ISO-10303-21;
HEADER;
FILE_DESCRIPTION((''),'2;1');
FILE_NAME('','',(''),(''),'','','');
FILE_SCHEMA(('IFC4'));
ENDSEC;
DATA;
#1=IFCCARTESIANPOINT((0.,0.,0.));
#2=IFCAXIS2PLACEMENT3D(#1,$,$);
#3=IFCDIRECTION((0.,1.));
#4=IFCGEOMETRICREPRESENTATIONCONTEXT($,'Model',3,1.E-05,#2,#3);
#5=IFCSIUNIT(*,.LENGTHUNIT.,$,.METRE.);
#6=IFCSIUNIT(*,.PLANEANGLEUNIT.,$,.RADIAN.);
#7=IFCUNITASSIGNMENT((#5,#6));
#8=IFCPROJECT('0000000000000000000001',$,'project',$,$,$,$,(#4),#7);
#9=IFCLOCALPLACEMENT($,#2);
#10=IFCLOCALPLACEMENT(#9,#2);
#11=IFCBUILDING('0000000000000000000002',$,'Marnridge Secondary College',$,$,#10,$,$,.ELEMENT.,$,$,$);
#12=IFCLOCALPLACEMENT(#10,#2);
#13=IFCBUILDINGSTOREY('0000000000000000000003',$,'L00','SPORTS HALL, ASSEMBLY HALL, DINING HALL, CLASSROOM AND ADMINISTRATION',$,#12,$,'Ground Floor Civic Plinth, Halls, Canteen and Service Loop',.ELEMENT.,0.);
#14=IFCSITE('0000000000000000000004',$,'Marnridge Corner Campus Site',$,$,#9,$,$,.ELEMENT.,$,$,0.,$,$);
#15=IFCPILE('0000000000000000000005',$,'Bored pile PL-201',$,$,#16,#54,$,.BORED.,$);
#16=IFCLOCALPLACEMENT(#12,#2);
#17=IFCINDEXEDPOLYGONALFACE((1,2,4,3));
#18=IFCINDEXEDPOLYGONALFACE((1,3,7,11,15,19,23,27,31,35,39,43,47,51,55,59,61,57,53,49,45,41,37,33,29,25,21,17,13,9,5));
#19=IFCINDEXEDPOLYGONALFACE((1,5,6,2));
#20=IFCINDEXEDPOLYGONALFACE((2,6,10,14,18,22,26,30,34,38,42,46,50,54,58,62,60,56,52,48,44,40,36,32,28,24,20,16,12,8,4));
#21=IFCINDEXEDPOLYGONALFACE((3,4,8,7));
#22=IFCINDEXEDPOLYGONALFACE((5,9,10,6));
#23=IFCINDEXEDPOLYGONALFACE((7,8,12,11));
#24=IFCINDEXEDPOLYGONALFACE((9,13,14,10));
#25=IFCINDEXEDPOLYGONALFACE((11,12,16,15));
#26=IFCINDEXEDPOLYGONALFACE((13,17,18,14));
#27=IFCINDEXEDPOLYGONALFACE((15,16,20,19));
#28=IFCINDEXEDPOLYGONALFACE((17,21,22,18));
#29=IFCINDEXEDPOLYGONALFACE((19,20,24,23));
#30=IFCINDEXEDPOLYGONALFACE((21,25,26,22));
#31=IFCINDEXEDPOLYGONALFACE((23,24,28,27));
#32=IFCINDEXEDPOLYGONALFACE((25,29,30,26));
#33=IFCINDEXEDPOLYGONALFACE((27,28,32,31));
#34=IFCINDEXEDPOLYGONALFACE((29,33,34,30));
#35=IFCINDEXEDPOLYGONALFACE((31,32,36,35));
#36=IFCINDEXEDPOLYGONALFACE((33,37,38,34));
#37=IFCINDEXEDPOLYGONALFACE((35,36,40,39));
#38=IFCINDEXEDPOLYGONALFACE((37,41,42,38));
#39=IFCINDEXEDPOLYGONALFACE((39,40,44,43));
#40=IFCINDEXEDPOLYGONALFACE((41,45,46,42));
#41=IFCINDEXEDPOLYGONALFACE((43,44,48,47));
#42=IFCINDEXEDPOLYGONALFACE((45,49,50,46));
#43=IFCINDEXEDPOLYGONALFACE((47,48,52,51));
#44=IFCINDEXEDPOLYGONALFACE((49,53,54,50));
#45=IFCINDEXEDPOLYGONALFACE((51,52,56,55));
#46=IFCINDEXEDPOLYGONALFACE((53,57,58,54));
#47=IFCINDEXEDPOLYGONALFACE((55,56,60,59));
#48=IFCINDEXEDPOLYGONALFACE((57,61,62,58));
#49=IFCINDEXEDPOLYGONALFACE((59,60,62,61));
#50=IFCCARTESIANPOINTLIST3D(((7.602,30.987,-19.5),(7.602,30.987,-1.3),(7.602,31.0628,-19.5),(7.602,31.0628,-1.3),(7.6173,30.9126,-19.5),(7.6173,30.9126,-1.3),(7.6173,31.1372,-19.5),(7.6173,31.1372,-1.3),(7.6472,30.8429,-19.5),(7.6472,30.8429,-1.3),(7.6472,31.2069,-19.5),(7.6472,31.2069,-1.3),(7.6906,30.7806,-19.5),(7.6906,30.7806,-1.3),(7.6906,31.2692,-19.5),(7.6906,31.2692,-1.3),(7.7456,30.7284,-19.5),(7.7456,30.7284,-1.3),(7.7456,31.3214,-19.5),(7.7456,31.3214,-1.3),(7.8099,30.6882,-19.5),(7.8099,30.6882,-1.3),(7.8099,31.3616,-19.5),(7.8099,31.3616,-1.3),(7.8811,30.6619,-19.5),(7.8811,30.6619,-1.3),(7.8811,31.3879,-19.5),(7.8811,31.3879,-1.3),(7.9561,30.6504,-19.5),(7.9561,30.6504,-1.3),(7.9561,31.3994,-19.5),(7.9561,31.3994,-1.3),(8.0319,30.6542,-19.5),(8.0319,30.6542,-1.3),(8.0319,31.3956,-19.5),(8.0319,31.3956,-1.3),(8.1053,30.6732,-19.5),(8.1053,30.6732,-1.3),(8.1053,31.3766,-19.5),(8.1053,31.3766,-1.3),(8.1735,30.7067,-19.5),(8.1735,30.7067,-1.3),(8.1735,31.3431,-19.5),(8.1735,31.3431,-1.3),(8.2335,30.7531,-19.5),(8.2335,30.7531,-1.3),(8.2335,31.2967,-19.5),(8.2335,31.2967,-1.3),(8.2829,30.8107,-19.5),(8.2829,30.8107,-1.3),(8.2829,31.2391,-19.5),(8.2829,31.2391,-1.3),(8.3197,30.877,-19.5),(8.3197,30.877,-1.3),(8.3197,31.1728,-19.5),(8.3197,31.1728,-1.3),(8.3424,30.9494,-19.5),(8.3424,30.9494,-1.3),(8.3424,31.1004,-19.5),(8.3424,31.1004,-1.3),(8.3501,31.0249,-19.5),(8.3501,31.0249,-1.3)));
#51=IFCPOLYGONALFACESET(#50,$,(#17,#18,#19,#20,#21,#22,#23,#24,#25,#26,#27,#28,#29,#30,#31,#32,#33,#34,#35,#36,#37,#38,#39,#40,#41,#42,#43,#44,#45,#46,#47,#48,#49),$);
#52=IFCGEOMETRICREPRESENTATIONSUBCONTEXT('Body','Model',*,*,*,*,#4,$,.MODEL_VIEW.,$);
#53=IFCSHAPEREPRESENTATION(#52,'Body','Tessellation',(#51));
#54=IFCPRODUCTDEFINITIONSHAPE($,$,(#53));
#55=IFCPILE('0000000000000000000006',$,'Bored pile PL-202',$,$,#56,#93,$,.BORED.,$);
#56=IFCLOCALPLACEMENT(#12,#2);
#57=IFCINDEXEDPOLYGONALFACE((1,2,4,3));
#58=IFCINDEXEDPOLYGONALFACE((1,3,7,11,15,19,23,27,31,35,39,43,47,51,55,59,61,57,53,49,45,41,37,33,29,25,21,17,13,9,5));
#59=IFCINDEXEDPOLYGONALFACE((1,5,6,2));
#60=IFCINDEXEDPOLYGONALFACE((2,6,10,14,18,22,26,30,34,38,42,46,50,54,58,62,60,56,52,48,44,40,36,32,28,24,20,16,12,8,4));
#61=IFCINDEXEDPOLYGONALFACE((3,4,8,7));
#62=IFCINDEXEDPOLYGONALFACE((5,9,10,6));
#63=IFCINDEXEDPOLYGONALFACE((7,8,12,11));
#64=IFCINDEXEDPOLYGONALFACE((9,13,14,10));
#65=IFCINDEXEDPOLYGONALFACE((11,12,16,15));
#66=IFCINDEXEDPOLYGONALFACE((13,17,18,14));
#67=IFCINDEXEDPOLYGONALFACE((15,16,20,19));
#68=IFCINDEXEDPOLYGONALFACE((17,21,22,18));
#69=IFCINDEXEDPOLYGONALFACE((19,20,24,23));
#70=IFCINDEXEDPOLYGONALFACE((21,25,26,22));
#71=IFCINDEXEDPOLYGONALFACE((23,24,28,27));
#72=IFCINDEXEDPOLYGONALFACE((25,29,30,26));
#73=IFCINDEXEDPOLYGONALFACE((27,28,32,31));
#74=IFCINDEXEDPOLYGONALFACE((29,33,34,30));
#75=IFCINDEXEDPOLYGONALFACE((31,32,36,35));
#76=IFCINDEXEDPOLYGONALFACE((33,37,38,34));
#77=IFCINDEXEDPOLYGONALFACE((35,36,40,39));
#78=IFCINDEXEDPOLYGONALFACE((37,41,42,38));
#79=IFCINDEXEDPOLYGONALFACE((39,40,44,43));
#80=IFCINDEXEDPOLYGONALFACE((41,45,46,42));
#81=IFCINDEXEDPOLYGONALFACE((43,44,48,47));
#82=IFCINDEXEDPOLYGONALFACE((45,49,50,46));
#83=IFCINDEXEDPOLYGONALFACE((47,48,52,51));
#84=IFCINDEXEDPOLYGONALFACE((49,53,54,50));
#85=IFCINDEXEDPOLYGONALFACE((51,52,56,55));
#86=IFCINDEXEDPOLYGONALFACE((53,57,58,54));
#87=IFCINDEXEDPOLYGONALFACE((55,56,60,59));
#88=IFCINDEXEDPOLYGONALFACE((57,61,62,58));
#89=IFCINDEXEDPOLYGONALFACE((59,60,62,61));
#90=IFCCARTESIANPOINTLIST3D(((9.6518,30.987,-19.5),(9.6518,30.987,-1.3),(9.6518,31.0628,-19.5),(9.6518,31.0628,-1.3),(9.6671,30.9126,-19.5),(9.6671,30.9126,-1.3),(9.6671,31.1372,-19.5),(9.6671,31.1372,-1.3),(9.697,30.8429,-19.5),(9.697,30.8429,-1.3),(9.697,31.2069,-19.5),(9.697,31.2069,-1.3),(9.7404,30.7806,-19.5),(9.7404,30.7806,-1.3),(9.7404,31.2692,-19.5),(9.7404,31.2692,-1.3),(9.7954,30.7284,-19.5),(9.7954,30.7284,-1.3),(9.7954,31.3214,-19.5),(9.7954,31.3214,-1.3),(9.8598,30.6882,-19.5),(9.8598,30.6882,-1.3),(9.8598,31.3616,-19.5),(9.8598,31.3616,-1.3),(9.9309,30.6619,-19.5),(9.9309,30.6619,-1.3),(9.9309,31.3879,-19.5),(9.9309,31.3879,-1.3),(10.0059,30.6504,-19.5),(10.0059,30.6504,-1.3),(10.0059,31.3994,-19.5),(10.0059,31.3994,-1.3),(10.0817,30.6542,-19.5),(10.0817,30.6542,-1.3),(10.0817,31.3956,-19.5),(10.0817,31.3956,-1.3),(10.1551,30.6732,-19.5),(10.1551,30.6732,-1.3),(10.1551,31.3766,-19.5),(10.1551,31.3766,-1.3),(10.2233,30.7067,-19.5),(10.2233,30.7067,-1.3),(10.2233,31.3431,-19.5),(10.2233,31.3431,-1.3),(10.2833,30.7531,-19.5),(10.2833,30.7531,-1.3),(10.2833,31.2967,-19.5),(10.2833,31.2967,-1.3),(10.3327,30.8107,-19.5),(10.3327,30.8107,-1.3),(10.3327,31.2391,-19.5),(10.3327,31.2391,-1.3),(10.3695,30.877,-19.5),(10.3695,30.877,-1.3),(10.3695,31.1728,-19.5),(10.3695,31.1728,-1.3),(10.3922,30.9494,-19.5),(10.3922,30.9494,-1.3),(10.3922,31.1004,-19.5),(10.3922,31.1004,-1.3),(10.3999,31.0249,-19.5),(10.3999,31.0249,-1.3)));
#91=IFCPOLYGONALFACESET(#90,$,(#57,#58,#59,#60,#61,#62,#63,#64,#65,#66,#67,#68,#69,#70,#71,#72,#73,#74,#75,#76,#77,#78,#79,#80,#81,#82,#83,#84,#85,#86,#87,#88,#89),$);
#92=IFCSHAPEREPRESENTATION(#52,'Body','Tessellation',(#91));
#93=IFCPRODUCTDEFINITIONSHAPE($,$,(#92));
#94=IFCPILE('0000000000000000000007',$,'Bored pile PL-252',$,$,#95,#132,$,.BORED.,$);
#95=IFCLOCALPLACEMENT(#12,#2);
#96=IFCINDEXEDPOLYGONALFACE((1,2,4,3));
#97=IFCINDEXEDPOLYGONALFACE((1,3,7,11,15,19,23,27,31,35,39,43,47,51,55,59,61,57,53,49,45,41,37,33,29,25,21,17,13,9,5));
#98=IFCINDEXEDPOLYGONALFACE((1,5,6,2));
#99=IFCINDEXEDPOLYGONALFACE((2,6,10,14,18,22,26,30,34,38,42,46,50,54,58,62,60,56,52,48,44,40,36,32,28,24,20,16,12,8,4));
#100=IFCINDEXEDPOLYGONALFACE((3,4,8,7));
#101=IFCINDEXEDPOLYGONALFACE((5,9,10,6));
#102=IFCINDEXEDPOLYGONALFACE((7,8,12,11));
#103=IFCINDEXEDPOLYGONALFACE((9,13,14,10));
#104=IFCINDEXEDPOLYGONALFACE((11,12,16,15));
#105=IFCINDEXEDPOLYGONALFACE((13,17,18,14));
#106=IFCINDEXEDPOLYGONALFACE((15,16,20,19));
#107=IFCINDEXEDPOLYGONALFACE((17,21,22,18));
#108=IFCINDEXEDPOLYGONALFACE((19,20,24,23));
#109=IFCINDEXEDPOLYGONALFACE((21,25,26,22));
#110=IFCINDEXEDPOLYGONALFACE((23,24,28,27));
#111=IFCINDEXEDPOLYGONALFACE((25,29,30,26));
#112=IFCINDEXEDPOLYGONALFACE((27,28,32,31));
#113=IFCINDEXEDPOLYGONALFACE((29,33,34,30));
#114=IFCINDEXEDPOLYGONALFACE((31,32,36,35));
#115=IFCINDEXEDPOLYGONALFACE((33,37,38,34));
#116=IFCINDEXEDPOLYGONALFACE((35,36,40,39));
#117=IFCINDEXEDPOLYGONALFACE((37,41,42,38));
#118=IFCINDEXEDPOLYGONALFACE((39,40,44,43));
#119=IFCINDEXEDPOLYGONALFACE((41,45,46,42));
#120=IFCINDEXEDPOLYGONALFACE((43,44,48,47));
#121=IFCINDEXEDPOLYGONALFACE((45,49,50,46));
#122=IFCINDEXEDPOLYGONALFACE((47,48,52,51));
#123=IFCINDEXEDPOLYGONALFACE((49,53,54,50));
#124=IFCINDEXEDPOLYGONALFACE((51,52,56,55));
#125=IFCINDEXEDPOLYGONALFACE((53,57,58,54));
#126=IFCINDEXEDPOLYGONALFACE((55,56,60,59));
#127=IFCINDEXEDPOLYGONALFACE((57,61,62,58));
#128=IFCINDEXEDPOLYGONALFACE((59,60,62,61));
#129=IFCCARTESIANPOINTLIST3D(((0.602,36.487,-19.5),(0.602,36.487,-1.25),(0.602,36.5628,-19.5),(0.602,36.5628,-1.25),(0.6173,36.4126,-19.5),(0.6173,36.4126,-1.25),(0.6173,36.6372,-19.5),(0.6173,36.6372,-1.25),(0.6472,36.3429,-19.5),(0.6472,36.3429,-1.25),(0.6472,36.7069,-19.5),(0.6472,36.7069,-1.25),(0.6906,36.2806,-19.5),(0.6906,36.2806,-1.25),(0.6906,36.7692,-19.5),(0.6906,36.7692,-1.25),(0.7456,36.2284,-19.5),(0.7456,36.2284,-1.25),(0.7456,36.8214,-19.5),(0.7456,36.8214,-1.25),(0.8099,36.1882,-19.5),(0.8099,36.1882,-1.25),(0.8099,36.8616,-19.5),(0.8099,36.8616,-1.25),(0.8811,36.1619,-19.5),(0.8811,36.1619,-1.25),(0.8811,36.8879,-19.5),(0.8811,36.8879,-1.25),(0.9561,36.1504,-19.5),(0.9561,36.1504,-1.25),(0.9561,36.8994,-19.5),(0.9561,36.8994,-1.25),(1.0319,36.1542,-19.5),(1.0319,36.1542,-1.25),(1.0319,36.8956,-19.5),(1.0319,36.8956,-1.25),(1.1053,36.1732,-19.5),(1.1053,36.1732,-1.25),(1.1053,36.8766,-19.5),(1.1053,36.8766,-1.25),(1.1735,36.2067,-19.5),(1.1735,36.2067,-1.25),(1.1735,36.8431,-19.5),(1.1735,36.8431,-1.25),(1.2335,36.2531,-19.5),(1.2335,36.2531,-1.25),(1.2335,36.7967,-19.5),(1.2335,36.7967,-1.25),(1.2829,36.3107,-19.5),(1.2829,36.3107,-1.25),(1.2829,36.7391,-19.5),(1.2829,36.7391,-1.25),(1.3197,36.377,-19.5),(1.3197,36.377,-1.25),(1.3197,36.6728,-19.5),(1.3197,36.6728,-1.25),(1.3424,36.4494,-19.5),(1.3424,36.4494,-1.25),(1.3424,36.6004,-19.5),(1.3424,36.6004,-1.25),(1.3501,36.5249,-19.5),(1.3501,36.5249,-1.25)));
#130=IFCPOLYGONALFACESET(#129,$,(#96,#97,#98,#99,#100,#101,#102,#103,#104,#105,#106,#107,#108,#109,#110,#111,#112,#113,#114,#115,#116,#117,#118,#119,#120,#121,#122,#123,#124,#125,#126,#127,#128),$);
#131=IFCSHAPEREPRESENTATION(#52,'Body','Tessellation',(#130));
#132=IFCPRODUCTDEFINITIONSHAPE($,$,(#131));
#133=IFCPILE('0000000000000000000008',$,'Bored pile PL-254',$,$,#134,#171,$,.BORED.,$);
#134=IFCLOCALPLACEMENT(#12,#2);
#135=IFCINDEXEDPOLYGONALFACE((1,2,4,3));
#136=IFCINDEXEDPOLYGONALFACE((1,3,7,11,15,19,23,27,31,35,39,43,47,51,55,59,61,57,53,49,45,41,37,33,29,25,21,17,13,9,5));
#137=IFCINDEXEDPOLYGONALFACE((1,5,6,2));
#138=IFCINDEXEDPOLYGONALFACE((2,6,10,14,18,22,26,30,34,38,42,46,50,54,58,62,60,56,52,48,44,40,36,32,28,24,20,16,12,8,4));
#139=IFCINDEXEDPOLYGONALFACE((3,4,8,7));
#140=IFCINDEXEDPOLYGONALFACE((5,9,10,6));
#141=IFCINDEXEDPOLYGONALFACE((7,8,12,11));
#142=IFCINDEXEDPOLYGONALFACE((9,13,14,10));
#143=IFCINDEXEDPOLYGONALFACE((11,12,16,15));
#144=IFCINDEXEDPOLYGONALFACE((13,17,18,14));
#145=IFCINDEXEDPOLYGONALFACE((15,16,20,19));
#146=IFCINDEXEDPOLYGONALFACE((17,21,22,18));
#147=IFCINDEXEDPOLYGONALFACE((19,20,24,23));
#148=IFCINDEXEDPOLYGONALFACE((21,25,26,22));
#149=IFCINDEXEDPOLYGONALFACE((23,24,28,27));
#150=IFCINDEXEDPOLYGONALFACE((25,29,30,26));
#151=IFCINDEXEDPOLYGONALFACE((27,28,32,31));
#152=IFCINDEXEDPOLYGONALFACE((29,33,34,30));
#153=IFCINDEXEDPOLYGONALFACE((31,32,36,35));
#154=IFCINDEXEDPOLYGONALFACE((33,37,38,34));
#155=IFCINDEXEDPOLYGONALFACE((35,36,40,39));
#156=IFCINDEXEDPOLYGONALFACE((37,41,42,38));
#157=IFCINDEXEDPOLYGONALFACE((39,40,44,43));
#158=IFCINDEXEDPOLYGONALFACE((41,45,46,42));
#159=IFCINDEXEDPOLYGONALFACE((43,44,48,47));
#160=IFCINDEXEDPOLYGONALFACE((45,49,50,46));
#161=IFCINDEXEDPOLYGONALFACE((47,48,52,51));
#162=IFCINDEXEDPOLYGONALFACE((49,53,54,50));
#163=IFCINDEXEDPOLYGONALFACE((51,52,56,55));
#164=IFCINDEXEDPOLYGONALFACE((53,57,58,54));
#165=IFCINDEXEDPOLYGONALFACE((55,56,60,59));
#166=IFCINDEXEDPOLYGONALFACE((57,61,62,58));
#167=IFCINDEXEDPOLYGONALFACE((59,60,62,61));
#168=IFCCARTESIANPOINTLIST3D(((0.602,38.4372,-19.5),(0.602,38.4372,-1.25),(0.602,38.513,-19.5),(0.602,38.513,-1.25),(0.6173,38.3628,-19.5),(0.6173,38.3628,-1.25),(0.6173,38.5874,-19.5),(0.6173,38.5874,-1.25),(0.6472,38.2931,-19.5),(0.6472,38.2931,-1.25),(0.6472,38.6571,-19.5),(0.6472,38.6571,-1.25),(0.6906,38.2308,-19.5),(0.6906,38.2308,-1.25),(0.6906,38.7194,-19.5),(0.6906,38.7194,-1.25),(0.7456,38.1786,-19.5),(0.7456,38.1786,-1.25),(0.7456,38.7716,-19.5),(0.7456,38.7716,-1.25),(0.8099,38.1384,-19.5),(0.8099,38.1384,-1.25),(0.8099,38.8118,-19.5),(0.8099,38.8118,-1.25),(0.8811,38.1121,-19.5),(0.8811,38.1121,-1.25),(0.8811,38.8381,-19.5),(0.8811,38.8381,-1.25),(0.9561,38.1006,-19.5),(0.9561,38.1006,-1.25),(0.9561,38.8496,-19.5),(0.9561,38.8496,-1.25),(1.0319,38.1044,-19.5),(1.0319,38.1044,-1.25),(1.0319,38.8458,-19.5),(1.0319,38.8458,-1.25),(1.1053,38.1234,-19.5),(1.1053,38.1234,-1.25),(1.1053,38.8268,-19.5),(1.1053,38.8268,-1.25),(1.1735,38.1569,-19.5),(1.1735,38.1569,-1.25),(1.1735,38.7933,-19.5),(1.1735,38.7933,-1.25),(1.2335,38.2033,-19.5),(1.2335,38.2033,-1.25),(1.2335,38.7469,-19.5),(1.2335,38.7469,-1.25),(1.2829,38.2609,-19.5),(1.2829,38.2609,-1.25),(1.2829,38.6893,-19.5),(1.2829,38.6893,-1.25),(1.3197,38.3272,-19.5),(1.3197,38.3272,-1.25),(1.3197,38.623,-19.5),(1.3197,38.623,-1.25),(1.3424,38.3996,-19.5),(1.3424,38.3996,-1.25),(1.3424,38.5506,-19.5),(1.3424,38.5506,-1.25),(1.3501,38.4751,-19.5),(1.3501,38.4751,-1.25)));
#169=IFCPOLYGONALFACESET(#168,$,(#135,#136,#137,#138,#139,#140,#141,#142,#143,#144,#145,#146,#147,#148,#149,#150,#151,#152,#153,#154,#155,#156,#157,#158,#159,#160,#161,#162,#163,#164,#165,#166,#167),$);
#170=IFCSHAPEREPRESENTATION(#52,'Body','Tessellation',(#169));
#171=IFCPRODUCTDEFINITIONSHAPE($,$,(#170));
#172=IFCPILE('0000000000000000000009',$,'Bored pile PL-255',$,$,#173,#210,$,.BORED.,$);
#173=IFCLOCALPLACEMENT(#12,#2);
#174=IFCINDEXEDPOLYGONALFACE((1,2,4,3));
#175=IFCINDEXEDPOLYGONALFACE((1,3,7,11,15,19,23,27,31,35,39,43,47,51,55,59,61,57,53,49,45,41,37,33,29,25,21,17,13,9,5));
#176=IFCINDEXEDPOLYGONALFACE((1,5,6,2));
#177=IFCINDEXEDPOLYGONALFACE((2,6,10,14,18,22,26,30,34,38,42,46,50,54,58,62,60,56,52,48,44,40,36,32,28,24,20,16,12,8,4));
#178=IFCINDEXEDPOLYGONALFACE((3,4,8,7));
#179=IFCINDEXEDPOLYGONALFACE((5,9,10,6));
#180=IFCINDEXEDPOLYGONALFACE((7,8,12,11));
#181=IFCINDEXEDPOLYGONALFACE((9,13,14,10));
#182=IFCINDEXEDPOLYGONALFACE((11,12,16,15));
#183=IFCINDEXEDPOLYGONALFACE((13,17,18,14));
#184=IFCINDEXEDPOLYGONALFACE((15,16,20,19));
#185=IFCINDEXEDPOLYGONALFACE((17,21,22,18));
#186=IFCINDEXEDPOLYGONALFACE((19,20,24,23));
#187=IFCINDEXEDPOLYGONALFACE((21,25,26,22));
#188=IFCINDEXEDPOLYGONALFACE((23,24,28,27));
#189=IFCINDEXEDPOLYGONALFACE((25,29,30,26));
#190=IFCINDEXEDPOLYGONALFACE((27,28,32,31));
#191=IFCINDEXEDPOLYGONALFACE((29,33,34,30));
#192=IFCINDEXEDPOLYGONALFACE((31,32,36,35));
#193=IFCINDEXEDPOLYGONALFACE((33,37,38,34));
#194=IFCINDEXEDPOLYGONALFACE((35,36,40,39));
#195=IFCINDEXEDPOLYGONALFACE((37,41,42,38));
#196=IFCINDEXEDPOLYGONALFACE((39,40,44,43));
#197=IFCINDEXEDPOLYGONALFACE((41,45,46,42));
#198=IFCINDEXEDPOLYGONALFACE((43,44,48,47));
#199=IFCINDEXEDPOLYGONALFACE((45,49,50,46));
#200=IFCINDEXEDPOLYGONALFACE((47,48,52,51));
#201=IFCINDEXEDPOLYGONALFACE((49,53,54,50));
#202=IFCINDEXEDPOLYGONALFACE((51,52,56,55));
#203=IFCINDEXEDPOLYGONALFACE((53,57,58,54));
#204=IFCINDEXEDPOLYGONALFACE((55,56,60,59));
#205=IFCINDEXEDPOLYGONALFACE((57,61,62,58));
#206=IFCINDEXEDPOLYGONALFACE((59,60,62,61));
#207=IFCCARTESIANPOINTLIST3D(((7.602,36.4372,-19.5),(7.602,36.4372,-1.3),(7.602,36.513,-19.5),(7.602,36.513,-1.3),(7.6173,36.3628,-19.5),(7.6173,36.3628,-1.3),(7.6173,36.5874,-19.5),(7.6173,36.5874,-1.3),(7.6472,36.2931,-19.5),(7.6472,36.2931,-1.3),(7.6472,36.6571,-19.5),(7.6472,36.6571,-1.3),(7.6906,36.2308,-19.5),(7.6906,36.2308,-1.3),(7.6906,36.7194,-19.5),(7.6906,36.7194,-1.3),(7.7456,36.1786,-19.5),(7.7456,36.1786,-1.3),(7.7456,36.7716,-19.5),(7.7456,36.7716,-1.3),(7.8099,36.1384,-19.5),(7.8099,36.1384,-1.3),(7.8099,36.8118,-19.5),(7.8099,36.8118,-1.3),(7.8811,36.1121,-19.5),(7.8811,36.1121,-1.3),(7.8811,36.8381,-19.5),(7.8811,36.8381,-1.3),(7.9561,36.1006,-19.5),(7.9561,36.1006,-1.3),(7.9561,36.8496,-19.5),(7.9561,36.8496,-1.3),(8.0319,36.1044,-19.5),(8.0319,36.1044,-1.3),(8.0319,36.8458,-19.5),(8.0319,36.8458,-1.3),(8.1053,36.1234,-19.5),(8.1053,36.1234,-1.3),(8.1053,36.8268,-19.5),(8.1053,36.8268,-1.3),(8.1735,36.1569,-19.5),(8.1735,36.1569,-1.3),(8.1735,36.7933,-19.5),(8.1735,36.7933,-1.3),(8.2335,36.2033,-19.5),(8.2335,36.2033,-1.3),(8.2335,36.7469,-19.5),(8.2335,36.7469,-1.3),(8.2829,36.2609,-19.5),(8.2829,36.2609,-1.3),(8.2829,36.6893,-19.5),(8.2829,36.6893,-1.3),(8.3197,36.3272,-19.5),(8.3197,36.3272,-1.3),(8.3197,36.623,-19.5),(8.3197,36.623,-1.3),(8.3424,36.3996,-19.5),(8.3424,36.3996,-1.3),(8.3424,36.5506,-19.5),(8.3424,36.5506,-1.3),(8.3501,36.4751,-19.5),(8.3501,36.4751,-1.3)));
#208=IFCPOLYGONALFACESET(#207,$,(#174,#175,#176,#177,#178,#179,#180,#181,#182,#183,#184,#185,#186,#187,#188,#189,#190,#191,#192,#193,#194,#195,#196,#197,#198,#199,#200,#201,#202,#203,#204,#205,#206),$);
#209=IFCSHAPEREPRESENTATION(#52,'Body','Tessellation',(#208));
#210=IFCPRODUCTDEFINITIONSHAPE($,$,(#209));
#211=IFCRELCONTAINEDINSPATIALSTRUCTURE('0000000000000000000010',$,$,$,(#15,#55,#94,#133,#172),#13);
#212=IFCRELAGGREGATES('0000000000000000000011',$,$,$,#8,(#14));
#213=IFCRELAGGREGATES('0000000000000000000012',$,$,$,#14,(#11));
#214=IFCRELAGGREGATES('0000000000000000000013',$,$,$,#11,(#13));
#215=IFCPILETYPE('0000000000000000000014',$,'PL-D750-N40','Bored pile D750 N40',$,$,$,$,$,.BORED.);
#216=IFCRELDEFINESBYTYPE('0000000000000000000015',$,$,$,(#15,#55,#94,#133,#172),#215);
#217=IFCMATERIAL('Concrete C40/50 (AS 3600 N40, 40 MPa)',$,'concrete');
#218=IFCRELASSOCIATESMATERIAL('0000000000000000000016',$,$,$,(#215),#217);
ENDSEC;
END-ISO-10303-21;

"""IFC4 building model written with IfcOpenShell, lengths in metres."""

from ifc_helpers import new_model, si_unit, direction, frame, origin, origin_2d, place, context, subcontext, project, spatial, circle, extrude, material, material_profile, profile_set, type_object, element, save


model = new_model("IFC4")

# Units and contexts
model_context = context("Model", 3, precision=1e-05, world=origin(), true_north=direction((0.0, 1.0)))
body_context = subcontext(model_context, "Body", "Model", "MODEL_VIEW")
ifc_project = project(units=[si_unit("LENGTHUNIT", "METRE"), si_unit("PLANEANGLEUNIT", "RADIAN")], contexts=[model_context])

# Site, building, storey
site_placement = place(None, origin())
site = spatial("IfcSite", under=ifc_project, at=site_placement, Name="Marnridge Corner Campus Site", CompositionType="ELEMENT", RefElevation=0.0)
building_placement = place(site_placement, origin())
building = spatial("IfcBuilding", under=site, at=building_placement, Name="Marnridge Secondary College", CompositionType="ELEMENT")
storey_placement = place(building_placement, origin())
storey = spatial("IfcBuildingStorey", under=building, at=storey_placement, Name="L00", Description="SPORTS HALL, ASSEMBLY HALL, DINING HALL, CLASSROOM AND ADMINISTRATION", LongName="Ground Floor Civic Plinth, Halls, Canteen and Service Loop", CompositionType="ELEMENT", Elevation=0.0)

# Piles
ifc_material_1 = material(Name="Concrete C40/50 (AS 3600 N40, 40 MPa)", Category="concrete")
ifc_material_profile_1 = material_profile(ifc_material_1, circle(Radius=0.375, at=origin_2d()), Name="PILE D750")
ifc_profile_set_1 = profile_set([ifc_material_profile_1], Name="Concrete C40/50 (AS 3600 N40, 40 MPa)")
pile_type_1 = type_object("IfcPileType", Name="PL-D750-N40", Description="Bored pile D750 N40", PredefinedType="BORED", material=ifc_profile_set_1)
for number, where, z_axis, x_axis, name in (
    (1, (7.9751, 31.0249, -1.3), (0.0, 0.0, -1.0), (1.0, 0.0, 0.0), "Bored pile PL-201"),
    (2, (10.0249, 31.0249, -1.3), (0.0, 0.0, -1.0), (1.0, 0.0, 0.0), "Bored pile PL-202"),
):
    element("IfcPile", number, at=place(storey_placement, frame(where, z_axis=z_axis, x_axis=x_axis)), inside=storey, type_object=pile_type_1, Name=name, PredefinedType="BORED", context=body_context, shape_type="SweptSolid", body=[
        extrude(circle(Radius=0.375, at=origin_2d()), origin(), (0.0, 0.0, 1.0), 18.2),
    ])
for number, where, z_axis, x_axis, name in (
    (3, (0.9751, 36.5249, -1.25), (0.0, 0.0, -1.0), (1.0, 0.0, 0.0), "Bored pile PL-252"),
    (4, (0.9751, 38.4751, -1.25), (0.0, 0.0, -1.0), (1.0, 0.0, 0.0), "Bored pile PL-254"),
):
    element("IfcPile", number, at=place(storey_placement, frame(where, z_axis=z_axis, x_axis=x_axis)), inside=storey, type_object=pile_type_1, Name=name, PredefinedType="BORED", context=body_context, shape_type="SweptSolid", body=[
        extrude(circle(Radius=0.375, at=origin_2d()), origin(), (0.0, 0.0, 1.0), 18.25),
    ])
for number, where, z_axis, x_axis, name in (
    (5, (7.9751, 36.4751, -1.3), (0.0, 0.0, -1.0), (1.0, 0.0, 0.0), "Bored pile PL-255"),
):
    element("IfcPile", number, at=place(storey_placement, frame(where, z_axis=z_axis, x_axis=x_axis)), inside=storey, type_object=pile_type_1, Name=name, PredefinedType="BORED", context=body_context, shape_type="SweptSolid", body=[
        extrude(circle(Radius=0.375, at=origin_2d()), origin(), (0.0, 0.0, 1.0), 18.2),
    ])

save(model, "model.ifc")
